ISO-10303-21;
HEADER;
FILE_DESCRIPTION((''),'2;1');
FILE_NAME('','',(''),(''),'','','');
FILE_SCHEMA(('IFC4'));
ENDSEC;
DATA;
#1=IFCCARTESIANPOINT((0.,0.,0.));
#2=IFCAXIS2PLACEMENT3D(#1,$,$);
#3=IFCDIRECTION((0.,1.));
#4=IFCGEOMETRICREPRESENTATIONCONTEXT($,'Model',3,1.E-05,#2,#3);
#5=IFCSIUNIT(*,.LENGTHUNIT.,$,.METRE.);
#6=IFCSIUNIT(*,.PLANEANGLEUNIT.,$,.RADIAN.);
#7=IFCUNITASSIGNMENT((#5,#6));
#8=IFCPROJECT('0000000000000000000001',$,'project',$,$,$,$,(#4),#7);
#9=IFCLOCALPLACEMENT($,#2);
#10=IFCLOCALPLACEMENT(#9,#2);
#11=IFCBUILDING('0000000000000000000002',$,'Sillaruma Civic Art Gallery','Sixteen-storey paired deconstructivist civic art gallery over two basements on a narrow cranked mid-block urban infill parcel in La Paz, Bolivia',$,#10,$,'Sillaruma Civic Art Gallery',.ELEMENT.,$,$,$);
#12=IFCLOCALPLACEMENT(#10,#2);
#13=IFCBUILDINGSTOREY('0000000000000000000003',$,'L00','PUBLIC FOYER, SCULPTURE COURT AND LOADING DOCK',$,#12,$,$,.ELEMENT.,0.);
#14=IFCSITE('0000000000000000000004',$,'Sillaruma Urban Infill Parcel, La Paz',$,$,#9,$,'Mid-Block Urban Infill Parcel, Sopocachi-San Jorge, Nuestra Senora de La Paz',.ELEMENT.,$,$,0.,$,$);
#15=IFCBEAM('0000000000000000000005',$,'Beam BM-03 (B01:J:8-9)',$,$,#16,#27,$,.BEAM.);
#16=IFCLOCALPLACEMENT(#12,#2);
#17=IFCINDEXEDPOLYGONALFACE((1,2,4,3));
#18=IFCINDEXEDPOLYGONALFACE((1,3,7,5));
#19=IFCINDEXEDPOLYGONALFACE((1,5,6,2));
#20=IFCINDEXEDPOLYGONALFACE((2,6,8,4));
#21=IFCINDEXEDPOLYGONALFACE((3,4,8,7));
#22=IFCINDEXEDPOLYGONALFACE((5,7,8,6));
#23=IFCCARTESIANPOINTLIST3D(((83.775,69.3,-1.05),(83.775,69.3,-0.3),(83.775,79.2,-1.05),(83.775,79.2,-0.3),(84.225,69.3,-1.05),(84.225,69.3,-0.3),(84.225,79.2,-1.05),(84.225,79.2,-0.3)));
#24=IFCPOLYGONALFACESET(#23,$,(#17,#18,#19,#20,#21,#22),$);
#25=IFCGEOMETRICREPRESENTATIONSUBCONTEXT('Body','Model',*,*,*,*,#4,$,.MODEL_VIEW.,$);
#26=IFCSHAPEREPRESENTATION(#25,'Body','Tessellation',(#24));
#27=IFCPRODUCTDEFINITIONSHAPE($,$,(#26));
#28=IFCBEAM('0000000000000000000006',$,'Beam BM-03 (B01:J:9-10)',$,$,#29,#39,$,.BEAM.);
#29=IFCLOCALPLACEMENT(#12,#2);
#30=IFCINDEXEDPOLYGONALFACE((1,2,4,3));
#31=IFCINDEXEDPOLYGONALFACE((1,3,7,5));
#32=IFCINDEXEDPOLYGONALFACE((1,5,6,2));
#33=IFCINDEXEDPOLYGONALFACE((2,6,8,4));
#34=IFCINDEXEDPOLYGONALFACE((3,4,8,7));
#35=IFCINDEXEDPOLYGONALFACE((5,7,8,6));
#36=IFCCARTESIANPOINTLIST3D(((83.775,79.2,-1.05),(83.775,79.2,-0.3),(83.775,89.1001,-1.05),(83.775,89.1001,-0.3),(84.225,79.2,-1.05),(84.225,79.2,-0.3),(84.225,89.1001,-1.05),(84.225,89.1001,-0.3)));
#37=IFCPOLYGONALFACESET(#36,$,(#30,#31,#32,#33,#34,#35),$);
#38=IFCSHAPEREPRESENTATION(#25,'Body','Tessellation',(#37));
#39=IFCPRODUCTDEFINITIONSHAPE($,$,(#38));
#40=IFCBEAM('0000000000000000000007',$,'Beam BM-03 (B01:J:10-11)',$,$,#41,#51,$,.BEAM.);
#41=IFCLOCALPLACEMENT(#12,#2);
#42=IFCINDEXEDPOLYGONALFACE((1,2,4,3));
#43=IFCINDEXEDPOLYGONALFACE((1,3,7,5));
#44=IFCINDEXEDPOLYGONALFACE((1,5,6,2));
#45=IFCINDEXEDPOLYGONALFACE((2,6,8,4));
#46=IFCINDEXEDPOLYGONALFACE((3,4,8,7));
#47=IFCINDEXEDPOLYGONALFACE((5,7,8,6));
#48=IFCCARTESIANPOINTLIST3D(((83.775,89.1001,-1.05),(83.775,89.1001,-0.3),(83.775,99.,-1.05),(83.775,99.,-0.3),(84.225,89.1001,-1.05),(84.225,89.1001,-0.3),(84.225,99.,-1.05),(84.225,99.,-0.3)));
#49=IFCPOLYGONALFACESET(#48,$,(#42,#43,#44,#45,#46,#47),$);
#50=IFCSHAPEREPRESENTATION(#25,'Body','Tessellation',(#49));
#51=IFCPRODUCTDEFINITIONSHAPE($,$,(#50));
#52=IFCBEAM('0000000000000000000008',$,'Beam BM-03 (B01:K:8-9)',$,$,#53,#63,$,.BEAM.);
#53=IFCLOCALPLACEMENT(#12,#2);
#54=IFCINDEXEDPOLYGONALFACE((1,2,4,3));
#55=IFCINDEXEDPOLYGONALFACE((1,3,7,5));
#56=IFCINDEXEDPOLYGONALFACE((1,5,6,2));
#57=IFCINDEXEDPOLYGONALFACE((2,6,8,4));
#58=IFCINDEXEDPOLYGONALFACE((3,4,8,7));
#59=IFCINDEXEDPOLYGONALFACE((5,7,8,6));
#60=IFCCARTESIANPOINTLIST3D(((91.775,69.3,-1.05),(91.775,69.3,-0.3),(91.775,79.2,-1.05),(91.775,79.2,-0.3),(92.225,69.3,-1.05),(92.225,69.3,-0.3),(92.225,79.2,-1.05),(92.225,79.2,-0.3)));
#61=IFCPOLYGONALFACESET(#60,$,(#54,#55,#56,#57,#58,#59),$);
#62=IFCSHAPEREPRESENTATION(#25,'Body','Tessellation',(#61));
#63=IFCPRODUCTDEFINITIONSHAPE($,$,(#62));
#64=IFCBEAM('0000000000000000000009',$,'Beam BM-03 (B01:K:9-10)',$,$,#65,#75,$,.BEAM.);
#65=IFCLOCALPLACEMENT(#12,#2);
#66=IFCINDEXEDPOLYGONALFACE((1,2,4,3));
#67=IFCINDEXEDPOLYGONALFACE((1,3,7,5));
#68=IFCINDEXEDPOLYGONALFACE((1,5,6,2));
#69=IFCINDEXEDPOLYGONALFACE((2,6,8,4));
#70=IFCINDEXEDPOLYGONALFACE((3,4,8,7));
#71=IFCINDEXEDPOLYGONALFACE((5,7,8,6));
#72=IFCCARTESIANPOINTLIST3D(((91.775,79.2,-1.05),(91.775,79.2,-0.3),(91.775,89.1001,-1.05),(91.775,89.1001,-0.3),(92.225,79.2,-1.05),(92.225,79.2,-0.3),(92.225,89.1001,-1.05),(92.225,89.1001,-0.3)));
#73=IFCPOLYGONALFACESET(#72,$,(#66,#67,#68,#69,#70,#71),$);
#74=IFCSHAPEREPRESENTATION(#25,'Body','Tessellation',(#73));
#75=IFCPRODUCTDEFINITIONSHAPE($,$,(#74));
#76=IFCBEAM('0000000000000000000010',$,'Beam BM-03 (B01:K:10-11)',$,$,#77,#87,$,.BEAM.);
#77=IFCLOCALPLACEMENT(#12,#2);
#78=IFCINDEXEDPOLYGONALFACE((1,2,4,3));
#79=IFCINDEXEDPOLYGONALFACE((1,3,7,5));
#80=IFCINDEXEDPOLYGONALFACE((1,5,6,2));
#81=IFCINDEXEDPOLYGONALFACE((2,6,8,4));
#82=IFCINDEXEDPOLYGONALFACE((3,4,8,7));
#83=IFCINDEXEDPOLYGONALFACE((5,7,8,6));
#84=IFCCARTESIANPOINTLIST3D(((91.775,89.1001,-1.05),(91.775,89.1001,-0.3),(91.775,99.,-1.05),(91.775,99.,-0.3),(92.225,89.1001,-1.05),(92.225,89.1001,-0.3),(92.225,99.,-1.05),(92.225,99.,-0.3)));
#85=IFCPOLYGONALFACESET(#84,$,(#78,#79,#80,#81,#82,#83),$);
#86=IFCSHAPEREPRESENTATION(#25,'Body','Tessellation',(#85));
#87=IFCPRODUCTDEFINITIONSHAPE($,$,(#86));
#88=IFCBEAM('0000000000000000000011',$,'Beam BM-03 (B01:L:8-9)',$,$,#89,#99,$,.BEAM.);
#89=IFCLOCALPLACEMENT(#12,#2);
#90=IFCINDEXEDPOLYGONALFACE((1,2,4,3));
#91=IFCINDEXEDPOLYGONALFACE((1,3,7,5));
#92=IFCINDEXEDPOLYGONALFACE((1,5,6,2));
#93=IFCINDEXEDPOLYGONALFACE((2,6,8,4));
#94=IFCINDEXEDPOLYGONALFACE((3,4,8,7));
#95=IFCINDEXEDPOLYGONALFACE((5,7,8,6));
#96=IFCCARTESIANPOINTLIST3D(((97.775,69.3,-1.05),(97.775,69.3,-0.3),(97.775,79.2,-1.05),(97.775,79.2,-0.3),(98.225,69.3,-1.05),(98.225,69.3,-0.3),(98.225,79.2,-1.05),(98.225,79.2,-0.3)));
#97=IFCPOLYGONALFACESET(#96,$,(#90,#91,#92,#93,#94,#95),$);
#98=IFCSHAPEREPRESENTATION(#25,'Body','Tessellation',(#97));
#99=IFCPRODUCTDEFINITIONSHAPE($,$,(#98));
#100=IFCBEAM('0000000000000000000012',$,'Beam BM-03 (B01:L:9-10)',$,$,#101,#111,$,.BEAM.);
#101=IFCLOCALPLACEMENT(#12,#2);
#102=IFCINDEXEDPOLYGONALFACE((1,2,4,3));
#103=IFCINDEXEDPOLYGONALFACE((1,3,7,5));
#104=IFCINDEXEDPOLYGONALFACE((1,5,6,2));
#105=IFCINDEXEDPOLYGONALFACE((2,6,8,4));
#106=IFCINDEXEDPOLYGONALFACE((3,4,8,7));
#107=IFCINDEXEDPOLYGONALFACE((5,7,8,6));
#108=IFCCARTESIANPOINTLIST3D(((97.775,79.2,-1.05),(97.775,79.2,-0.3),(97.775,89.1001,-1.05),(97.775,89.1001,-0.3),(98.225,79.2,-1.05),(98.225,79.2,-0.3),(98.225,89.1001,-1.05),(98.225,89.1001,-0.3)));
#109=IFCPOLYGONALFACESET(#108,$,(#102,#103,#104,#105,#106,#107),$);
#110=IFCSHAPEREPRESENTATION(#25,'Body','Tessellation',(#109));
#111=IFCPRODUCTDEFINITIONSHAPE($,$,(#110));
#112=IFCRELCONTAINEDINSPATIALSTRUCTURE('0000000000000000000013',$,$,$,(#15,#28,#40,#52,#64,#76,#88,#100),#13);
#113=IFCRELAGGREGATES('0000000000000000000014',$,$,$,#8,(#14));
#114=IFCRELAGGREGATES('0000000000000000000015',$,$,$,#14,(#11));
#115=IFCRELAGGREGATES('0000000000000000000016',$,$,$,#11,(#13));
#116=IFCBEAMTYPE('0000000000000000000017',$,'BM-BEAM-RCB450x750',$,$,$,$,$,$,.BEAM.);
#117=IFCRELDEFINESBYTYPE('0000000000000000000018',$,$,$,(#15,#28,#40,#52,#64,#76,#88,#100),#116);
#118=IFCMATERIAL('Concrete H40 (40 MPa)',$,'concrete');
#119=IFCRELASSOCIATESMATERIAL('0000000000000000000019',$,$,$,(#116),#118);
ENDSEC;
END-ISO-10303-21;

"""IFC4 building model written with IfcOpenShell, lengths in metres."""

from ifc_helpers import new_model, si_unit, direction, frame, origin, origin_2d, place, context, subcontext, project, spatial, rectangle, extrude, material, material_profile, profile_set, type_object, element, save


model = new_model("IFC4")

# Units and contexts
model_context = context("Model", 3, precision=1e-05, world=origin(), true_north=direction((0.0, 1.0)))
body_context = subcontext(model_context, "Body", "Model", "MODEL_VIEW")
ifc_project = project(units=[si_unit("LENGTHUNIT", "METRE"), si_unit("PLANEANGLEUNIT", "RADIAN")], contexts=[model_context])

# Site, building, storey
site_placement = place(None, origin())
site = spatial("IfcSite", under=ifc_project, at=site_placement, Name="Sillaruma Urban Infill Parcel, La Paz", LongName="Mid-Block Urban Infill Parcel, Sopocachi-San Jorge, Nuestra Senora de La Paz", CompositionType="ELEMENT", RefElevation=0.0)
building_placement = place(site_placement, origin())
building = spatial("IfcBuilding", under=site, at=building_placement, Name="Sillaruma Civic Art Gallery", Description="Sixteen-storey paired deconstructivist civic art gallery over two basements on a narrow cranked mid-block urban infill parcel in La Paz, Bolivia", LongName="Sillaruma Civic Art Gallery", CompositionType="ELEMENT")
storey_placement = place(building_placement, origin())
storey = spatial("IfcBuildingStorey", under=building, at=storey_placement, Name="L00", Description="PUBLIC FOYER, SCULPTURE COURT AND LOADING DOCK", CompositionType="ELEMENT", Elevation=0.0)

# Shared definitions
ifc_material_1 = material(Name="Concrete H40 (40 MPa)", Category="concrete")

# Beams
ifc_material_profile_1 = material_profile(ifc_material_1, rectangle(XDim=0.45, YDim=0.75, at=origin_2d()), Name="RCB450x750")
ifc_profile_set_1 = profile_set([ifc_material_profile_1], Name="Concrete H40 (40 MPa)")
beam_type_1 = type_object("IfcBeamType", Name="BM-BEAM-RCB450x750", PredefinedType="BEAM", material=ifc_profile_set_1)
beam_1_placement = place(storey_placement, frame((84.0, 69.3, -0.675), z_axis=(0.0, 1.0, 0.0), x_axis=(-1.0, 0.0, 0.0)))
element("IfcBeam", 1, at=beam_1_placement, inside=storey, type_object=beam_type_1, Name="Beam BM-03 (B01:J:8-9)", PredefinedType="BEAM", context=body_context, shape_type="SweptSolid", body=[
    extrude(rectangle(XDim=0.45, YDim=0.75, at=origin_2d()), origin(), (0.0, 0.0, 1.0), 9.8999),
])
beam_2_placement = place(storey_placement, frame((84.0, 79.2, -0.675), z_axis=(0.0, 1.0, 0.0), x_axis=(-1.0, 0.0, 0.0)))
element("IfcBeam", 2, at=beam_2_placement, inside=storey, type_object=beam_type_1, Name="Beam BM-03 (B01:J:9-10)", PredefinedType="BEAM", context=body_context, shape_type="SweptSolid", body=[
    extrude(rectangle(XDim=0.45, YDim=0.75, at=origin_2d()), origin(), (0.0, 0.0, 1.0), 9.9001),
])
for number, where, z_axis, x_axis, name in (
    (3, (84.0, 89.1001, -0.675), (0.0, 1.0, 0.0), (-1.0, 0.0, 0.0), "Beam BM-03 (B01:J:10-11)"),
    (4, (92.0, 69.3, -0.675), (0.0, 1.0, 0.0), (-1.0, 0.0, 0.0), "Beam BM-03 (B01:K:8-9)"),
):
    element("IfcBeam", number, at=place(storey_placement, frame(where, z_axis=z_axis, x_axis=x_axis)), inside=storey, type_object=beam_type_1, Name=name, PredefinedType="BEAM", context=body_context, shape_type="SweptSolid", body=[
        extrude(rectangle(XDim=0.45, YDim=0.75, at=origin_2d()), origin(), (0.0, 0.0, 1.0), 9.8999),
    ])
beam_3_placement = place(storey_placement, frame((92.0, 79.2, -0.675), z_axis=(0.0, 1.0, 0.0), x_axis=(-1.0, 0.0, 0.0)))
element("IfcBeam", 5, at=beam_3_placement, inside=storey, type_object=beam_type_1, Name="Beam BM-03 (B01:K:9-10)", PredefinedType="BEAM", context=body_context, shape_type="SweptSolid", body=[
    extrude(rectangle(XDim=0.45, YDim=0.75, at=origin_2d()), origin(), (0.0, 0.0, 1.0), 9.9001),
])
for number, where, z_axis, x_axis, name in (
    (6, (92.0, 89.1001, -0.675), (0.0, 1.0, 0.0), (-1.0, 0.0, 0.0), "Beam BM-03 (B01:K:10-11)"),
    (7, (98.0, 69.3, -0.675), (0.0, 1.0, 0.0), (-1.0, 0.0, 0.0), "Beam BM-03 (B01:L:8-9)"),
):
    element("IfcBeam", number, at=place(storey_placement, frame(where, z_axis=z_axis, x_axis=x_axis)), inside=storey, type_object=beam_type_1, Name=name, PredefinedType="BEAM", context=body_context, shape_type="SweptSolid", body=[
        extrude(rectangle(XDim=0.45, YDim=0.75, at=origin_2d()), origin(), (0.0, 0.0, 1.0), 9.8999),
    ])
beam_4_placement = place(storey_placement, frame((98.0, 79.2, -0.675), z_axis=(0.0, 1.0, 0.0), x_axis=(-1.0, 0.0, 0.0)))
element("IfcBeam", 8, at=beam_4_placement, inside=storey, type_object=beam_type_1, Name="Beam BM-03 (B01:L:9-10)", PredefinedType="BEAM", context=body_context, shape_type="SweptSolid", body=[
    extrude(rectangle(XDim=0.45, YDim=0.75, at=origin_2d()), origin(), (0.0, 0.0, 1.0), 9.9001),
])

save(model, "model.ifc")
